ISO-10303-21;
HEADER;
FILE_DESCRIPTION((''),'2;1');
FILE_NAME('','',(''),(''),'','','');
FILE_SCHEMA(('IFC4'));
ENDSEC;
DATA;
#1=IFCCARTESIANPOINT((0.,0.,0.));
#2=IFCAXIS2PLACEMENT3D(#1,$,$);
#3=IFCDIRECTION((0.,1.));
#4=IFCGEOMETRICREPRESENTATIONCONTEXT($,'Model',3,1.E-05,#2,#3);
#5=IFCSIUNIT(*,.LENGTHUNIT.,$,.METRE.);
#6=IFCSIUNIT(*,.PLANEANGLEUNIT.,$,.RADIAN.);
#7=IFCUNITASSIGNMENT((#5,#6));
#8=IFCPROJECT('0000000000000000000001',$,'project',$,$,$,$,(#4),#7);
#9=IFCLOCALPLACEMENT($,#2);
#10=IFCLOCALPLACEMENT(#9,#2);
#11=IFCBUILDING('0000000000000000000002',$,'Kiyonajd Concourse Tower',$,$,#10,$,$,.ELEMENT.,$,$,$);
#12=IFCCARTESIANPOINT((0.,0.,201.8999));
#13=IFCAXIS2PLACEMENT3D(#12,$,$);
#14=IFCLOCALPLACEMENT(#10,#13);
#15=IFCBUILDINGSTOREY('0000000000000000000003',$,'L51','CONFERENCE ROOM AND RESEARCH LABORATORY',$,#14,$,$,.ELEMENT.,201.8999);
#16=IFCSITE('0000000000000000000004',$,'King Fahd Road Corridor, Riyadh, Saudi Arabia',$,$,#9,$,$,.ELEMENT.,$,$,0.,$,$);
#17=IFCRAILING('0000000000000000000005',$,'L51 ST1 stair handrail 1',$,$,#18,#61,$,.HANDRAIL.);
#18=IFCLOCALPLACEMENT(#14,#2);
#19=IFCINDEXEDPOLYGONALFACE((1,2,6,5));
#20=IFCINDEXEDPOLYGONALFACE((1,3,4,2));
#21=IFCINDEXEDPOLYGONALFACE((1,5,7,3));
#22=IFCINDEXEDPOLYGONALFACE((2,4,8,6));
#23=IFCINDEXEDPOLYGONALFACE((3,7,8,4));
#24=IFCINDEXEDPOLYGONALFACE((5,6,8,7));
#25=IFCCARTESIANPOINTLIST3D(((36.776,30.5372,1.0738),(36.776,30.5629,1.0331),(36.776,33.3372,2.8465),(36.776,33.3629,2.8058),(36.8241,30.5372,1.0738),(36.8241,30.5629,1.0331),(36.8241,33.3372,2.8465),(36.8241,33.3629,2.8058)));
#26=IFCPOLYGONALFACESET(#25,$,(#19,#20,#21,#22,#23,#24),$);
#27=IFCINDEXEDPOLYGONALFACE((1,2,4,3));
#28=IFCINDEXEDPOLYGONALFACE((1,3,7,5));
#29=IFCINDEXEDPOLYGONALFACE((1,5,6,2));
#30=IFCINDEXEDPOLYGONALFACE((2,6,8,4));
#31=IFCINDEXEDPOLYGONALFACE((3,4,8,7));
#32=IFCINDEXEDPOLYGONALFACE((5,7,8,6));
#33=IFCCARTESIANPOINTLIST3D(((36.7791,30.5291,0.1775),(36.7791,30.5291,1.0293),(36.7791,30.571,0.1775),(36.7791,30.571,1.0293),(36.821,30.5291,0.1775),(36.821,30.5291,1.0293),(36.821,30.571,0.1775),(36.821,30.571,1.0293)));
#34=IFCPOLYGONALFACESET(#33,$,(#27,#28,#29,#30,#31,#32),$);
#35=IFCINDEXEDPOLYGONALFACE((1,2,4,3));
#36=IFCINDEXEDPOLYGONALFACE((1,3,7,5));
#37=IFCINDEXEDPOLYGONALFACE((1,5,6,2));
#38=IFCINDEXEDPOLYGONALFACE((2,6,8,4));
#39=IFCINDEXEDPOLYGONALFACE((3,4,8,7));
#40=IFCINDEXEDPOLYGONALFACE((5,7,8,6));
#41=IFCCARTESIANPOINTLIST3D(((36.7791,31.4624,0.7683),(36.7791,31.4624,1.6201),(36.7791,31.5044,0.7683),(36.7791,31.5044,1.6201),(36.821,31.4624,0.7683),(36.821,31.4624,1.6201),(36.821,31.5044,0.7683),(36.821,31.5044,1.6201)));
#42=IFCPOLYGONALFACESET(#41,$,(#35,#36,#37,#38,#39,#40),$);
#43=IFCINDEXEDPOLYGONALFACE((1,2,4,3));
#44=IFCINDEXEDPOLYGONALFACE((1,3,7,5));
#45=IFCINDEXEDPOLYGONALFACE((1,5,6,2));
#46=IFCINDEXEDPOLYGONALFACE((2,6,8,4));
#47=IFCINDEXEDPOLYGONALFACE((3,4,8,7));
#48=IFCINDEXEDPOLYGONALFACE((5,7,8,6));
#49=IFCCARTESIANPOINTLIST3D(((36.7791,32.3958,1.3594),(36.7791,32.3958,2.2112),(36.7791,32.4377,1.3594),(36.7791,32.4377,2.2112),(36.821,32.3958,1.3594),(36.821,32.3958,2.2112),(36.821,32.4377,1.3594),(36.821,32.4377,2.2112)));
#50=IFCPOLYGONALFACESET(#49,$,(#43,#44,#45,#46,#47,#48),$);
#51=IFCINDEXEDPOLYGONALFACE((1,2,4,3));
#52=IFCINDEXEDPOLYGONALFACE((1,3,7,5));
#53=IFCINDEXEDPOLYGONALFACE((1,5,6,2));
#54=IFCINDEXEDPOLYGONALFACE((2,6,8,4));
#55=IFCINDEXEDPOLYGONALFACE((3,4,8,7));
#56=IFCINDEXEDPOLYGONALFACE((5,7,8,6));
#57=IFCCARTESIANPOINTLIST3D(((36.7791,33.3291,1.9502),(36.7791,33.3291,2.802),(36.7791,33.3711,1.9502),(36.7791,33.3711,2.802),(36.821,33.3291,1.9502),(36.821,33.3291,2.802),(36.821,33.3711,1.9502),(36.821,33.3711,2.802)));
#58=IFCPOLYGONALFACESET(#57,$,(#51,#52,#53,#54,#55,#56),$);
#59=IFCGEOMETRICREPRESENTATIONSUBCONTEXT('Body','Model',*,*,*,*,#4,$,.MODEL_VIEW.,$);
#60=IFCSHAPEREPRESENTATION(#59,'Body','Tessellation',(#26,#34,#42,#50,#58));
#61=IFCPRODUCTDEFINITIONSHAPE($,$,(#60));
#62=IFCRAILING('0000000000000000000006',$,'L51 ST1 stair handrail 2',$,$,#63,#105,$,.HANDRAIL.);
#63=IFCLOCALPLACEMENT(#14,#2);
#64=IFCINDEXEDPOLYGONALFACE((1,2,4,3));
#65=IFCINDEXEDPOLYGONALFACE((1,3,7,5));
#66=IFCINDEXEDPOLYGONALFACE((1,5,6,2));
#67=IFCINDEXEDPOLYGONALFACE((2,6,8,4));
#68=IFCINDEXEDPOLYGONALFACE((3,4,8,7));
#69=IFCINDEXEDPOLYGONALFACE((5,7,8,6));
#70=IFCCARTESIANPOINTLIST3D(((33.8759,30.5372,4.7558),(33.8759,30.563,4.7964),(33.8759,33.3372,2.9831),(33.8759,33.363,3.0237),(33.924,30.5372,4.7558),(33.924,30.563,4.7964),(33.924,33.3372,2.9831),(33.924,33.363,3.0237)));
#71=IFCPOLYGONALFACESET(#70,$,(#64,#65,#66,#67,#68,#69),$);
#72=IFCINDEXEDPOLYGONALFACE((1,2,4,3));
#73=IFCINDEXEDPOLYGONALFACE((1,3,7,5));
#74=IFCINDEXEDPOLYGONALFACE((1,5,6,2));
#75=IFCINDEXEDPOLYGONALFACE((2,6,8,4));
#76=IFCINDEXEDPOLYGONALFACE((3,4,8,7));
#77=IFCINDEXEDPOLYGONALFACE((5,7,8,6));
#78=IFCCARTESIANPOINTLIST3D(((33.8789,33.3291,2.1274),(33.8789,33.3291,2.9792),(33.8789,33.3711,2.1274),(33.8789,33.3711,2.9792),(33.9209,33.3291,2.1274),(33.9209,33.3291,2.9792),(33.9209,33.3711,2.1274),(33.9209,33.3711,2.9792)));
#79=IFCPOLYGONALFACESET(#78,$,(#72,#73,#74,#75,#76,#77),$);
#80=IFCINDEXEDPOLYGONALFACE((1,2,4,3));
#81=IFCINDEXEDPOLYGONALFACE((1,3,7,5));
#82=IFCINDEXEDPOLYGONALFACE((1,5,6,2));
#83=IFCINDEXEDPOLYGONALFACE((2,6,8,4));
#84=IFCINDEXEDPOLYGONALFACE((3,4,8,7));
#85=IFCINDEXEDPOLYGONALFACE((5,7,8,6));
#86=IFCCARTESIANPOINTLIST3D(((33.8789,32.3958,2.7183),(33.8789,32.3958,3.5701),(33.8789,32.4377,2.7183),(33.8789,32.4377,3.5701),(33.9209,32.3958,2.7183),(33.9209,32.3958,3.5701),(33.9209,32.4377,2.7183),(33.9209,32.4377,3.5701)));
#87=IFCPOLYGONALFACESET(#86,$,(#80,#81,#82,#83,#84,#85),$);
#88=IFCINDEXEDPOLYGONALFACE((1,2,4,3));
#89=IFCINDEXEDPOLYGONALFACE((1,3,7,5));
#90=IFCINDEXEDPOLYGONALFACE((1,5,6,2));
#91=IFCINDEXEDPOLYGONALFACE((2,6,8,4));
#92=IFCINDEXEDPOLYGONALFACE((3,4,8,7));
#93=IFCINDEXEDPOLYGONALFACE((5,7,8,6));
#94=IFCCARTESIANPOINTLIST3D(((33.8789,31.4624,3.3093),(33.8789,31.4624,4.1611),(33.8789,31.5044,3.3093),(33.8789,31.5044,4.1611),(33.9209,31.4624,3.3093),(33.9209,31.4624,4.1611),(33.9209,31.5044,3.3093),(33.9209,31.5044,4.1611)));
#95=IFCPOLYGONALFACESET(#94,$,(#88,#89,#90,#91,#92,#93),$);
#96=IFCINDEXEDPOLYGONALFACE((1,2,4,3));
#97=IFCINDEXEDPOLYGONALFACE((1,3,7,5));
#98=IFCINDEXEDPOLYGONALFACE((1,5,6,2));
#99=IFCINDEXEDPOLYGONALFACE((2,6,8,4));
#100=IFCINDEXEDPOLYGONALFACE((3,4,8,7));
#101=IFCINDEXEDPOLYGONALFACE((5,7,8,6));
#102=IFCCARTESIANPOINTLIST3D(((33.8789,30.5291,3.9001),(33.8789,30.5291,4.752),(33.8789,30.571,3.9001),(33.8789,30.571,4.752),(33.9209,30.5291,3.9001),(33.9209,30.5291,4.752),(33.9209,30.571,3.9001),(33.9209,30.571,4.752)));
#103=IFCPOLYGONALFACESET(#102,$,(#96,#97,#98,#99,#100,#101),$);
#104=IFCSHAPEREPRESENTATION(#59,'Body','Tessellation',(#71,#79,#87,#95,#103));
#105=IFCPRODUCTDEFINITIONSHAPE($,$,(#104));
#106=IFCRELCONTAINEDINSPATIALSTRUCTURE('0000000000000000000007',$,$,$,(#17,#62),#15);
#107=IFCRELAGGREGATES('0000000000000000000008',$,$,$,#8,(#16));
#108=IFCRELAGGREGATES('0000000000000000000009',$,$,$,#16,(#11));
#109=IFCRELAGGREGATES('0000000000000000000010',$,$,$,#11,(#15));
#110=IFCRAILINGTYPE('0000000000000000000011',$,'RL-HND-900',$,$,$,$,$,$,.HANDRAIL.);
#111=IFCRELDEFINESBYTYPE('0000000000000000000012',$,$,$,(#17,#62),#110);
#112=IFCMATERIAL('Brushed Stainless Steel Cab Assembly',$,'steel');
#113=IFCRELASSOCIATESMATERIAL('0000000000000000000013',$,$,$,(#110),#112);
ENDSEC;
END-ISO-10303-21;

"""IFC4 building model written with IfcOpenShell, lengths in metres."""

from ifc_helpers import new_model, si_unit, direction, frame, origin, origin_2d, place, context, subcontext, project, spatial, rectangle, extrude, material, type_object, element, save


model = new_model("IFC4")

# Units and contexts
model_context = context("Model", 3, precision=1e-05, world=origin(), true_north=direction((0.0, 1.0)))
body_context = subcontext(model_context, "Body", "Model", "MODEL_VIEW")
ifc_project = project(units=[si_unit("LENGTHUNIT", "METRE"), si_unit("PLANEANGLEUNIT", "RADIAN")], contexts=[model_context])

# Site, building, storey
site_placement = place(None, origin())
site = spatial("IfcSite", under=ifc_project, at=site_placement, Name="King Fahd Road Corridor, Riyadh, Saudi Arabia", CompositionType="ELEMENT", RefElevation=0.0)
building_placement = place(site_placement, origin())
building = spatial("IfcBuilding", under=site, at=building_placement, Name="Kiyonajd Concourse Tower", CompositionType="ELEMENT")
storey_placement = place(building_placement, frame((0.0, 0.0, 201.8999)))
storey = spatial("IfcBuildingStorey", under=building, at=storey_placement, Name="L51", Description="CONFERENCE ROOM AND RESEARCH LABORATORY", CompositionType="ELEMENT", Elevation=201.8999)

# Shared definitions
ifc_material_1 = material(Name="Brushed Stainless Steel Cab Assembly", Category="steel")

# Railings
railing_type_1 = type_object("IfcRailingType", Name="RL-HND-900", PredefinedType="HANDRAIL", material=ifc_material_1)
railing_1_placement = place(storey_placement, frame((36.8, 30.55, 0.1775)))
element("IfcRailing", 1, at=railing_1_placement, inside=storey, type_object=railing_type_1, Name="L51 ST1 stair handrail 1", PredefinedType="HANDRAIL", context=body_context, shape_type="SweptSolid", body=[
    extrude(rectangle(XDim=0.0481, YDim=0.0481, at=origin_2d()), frame((0.0, 0.0, 0.876), z_axis=(0.0, 0.844909, 0.53491), x_axis=(-1.0, 0.0, 0.0)), (0.0, 0.0, 1.0), 3.314),
    extrude(rectangle(XDim=0.042, YDim=0.042, at=origin_2d()), origin(), (0.0, 0.0, 1.0), 0.8518),
    extrude(rectangle(XDim=0.042, YDim=0.042, at=origin_2d()), frame((0.0, 0.9333, 0.5908)), (0.0, 0.0, 1.0), 0.8518),
    extrude(rectangle(XDim=0.042, YDim=0.042, at=origin_2d()), frame((0.0, 1.8667, 1.1819)), (0.0, 0.0, 1.0), 0.8518),
    extrude(rectangle(XDim=0.042, YDim=0.042, at=origin_2d()), frame((0.0, 2.8, 1.7727)), (0.0, 0.0, 1.0), 0.8518),
])
railing_2_placement = place(storey_placement, frame((33.8999, 33.3501, 2.1274)))
element("IfcRailing", 2, at=railing_2_placement, inside=storey, type_object=railing_type_1, Name="L51 ST1 stair handrail 2", PredefinedType="HANDRAIL", context=body_context, shape_type="SweptSolid", body=[
    extrude(rectangle(XDim=0.0481, YDim=0.0481, at=origin_2d()), frame((0.0, 0.0, 0.876), z_axis=(0.0, -0.844909, 0.53491), x_axis=(1.0, 0.0, 0.0)), (0.0, 0.0, 1.0), 3.314),
    extrude(rectangle(XDim=0.042, YDim=0.042, at=origin_2d()), origin(), (0.0, 0.0, 1.0), 0.8518),
    extrude(rectangle(XDim=0.042, YDim=0.042, at=origin_2d()), frame((0.0, -0.9333, 0.5908)), (0.0, 0.0, 1.0), 0.8518),
    extrude(rectangle(XDim=0.042, YDim=0.042, at=origin_2d()), frame((0.0, -1.8667, 1.1819)), (0.0, 0.0, 1.0), 0.8518),
    extrude(rectangle(XDim=0.042, YDim=0.042, at=origin_2d()), frame((0.0, -2.8, 1.7727)), (0.0, 0.0, 1.0), 0.8518),
])

save(model, "model.ifc")
